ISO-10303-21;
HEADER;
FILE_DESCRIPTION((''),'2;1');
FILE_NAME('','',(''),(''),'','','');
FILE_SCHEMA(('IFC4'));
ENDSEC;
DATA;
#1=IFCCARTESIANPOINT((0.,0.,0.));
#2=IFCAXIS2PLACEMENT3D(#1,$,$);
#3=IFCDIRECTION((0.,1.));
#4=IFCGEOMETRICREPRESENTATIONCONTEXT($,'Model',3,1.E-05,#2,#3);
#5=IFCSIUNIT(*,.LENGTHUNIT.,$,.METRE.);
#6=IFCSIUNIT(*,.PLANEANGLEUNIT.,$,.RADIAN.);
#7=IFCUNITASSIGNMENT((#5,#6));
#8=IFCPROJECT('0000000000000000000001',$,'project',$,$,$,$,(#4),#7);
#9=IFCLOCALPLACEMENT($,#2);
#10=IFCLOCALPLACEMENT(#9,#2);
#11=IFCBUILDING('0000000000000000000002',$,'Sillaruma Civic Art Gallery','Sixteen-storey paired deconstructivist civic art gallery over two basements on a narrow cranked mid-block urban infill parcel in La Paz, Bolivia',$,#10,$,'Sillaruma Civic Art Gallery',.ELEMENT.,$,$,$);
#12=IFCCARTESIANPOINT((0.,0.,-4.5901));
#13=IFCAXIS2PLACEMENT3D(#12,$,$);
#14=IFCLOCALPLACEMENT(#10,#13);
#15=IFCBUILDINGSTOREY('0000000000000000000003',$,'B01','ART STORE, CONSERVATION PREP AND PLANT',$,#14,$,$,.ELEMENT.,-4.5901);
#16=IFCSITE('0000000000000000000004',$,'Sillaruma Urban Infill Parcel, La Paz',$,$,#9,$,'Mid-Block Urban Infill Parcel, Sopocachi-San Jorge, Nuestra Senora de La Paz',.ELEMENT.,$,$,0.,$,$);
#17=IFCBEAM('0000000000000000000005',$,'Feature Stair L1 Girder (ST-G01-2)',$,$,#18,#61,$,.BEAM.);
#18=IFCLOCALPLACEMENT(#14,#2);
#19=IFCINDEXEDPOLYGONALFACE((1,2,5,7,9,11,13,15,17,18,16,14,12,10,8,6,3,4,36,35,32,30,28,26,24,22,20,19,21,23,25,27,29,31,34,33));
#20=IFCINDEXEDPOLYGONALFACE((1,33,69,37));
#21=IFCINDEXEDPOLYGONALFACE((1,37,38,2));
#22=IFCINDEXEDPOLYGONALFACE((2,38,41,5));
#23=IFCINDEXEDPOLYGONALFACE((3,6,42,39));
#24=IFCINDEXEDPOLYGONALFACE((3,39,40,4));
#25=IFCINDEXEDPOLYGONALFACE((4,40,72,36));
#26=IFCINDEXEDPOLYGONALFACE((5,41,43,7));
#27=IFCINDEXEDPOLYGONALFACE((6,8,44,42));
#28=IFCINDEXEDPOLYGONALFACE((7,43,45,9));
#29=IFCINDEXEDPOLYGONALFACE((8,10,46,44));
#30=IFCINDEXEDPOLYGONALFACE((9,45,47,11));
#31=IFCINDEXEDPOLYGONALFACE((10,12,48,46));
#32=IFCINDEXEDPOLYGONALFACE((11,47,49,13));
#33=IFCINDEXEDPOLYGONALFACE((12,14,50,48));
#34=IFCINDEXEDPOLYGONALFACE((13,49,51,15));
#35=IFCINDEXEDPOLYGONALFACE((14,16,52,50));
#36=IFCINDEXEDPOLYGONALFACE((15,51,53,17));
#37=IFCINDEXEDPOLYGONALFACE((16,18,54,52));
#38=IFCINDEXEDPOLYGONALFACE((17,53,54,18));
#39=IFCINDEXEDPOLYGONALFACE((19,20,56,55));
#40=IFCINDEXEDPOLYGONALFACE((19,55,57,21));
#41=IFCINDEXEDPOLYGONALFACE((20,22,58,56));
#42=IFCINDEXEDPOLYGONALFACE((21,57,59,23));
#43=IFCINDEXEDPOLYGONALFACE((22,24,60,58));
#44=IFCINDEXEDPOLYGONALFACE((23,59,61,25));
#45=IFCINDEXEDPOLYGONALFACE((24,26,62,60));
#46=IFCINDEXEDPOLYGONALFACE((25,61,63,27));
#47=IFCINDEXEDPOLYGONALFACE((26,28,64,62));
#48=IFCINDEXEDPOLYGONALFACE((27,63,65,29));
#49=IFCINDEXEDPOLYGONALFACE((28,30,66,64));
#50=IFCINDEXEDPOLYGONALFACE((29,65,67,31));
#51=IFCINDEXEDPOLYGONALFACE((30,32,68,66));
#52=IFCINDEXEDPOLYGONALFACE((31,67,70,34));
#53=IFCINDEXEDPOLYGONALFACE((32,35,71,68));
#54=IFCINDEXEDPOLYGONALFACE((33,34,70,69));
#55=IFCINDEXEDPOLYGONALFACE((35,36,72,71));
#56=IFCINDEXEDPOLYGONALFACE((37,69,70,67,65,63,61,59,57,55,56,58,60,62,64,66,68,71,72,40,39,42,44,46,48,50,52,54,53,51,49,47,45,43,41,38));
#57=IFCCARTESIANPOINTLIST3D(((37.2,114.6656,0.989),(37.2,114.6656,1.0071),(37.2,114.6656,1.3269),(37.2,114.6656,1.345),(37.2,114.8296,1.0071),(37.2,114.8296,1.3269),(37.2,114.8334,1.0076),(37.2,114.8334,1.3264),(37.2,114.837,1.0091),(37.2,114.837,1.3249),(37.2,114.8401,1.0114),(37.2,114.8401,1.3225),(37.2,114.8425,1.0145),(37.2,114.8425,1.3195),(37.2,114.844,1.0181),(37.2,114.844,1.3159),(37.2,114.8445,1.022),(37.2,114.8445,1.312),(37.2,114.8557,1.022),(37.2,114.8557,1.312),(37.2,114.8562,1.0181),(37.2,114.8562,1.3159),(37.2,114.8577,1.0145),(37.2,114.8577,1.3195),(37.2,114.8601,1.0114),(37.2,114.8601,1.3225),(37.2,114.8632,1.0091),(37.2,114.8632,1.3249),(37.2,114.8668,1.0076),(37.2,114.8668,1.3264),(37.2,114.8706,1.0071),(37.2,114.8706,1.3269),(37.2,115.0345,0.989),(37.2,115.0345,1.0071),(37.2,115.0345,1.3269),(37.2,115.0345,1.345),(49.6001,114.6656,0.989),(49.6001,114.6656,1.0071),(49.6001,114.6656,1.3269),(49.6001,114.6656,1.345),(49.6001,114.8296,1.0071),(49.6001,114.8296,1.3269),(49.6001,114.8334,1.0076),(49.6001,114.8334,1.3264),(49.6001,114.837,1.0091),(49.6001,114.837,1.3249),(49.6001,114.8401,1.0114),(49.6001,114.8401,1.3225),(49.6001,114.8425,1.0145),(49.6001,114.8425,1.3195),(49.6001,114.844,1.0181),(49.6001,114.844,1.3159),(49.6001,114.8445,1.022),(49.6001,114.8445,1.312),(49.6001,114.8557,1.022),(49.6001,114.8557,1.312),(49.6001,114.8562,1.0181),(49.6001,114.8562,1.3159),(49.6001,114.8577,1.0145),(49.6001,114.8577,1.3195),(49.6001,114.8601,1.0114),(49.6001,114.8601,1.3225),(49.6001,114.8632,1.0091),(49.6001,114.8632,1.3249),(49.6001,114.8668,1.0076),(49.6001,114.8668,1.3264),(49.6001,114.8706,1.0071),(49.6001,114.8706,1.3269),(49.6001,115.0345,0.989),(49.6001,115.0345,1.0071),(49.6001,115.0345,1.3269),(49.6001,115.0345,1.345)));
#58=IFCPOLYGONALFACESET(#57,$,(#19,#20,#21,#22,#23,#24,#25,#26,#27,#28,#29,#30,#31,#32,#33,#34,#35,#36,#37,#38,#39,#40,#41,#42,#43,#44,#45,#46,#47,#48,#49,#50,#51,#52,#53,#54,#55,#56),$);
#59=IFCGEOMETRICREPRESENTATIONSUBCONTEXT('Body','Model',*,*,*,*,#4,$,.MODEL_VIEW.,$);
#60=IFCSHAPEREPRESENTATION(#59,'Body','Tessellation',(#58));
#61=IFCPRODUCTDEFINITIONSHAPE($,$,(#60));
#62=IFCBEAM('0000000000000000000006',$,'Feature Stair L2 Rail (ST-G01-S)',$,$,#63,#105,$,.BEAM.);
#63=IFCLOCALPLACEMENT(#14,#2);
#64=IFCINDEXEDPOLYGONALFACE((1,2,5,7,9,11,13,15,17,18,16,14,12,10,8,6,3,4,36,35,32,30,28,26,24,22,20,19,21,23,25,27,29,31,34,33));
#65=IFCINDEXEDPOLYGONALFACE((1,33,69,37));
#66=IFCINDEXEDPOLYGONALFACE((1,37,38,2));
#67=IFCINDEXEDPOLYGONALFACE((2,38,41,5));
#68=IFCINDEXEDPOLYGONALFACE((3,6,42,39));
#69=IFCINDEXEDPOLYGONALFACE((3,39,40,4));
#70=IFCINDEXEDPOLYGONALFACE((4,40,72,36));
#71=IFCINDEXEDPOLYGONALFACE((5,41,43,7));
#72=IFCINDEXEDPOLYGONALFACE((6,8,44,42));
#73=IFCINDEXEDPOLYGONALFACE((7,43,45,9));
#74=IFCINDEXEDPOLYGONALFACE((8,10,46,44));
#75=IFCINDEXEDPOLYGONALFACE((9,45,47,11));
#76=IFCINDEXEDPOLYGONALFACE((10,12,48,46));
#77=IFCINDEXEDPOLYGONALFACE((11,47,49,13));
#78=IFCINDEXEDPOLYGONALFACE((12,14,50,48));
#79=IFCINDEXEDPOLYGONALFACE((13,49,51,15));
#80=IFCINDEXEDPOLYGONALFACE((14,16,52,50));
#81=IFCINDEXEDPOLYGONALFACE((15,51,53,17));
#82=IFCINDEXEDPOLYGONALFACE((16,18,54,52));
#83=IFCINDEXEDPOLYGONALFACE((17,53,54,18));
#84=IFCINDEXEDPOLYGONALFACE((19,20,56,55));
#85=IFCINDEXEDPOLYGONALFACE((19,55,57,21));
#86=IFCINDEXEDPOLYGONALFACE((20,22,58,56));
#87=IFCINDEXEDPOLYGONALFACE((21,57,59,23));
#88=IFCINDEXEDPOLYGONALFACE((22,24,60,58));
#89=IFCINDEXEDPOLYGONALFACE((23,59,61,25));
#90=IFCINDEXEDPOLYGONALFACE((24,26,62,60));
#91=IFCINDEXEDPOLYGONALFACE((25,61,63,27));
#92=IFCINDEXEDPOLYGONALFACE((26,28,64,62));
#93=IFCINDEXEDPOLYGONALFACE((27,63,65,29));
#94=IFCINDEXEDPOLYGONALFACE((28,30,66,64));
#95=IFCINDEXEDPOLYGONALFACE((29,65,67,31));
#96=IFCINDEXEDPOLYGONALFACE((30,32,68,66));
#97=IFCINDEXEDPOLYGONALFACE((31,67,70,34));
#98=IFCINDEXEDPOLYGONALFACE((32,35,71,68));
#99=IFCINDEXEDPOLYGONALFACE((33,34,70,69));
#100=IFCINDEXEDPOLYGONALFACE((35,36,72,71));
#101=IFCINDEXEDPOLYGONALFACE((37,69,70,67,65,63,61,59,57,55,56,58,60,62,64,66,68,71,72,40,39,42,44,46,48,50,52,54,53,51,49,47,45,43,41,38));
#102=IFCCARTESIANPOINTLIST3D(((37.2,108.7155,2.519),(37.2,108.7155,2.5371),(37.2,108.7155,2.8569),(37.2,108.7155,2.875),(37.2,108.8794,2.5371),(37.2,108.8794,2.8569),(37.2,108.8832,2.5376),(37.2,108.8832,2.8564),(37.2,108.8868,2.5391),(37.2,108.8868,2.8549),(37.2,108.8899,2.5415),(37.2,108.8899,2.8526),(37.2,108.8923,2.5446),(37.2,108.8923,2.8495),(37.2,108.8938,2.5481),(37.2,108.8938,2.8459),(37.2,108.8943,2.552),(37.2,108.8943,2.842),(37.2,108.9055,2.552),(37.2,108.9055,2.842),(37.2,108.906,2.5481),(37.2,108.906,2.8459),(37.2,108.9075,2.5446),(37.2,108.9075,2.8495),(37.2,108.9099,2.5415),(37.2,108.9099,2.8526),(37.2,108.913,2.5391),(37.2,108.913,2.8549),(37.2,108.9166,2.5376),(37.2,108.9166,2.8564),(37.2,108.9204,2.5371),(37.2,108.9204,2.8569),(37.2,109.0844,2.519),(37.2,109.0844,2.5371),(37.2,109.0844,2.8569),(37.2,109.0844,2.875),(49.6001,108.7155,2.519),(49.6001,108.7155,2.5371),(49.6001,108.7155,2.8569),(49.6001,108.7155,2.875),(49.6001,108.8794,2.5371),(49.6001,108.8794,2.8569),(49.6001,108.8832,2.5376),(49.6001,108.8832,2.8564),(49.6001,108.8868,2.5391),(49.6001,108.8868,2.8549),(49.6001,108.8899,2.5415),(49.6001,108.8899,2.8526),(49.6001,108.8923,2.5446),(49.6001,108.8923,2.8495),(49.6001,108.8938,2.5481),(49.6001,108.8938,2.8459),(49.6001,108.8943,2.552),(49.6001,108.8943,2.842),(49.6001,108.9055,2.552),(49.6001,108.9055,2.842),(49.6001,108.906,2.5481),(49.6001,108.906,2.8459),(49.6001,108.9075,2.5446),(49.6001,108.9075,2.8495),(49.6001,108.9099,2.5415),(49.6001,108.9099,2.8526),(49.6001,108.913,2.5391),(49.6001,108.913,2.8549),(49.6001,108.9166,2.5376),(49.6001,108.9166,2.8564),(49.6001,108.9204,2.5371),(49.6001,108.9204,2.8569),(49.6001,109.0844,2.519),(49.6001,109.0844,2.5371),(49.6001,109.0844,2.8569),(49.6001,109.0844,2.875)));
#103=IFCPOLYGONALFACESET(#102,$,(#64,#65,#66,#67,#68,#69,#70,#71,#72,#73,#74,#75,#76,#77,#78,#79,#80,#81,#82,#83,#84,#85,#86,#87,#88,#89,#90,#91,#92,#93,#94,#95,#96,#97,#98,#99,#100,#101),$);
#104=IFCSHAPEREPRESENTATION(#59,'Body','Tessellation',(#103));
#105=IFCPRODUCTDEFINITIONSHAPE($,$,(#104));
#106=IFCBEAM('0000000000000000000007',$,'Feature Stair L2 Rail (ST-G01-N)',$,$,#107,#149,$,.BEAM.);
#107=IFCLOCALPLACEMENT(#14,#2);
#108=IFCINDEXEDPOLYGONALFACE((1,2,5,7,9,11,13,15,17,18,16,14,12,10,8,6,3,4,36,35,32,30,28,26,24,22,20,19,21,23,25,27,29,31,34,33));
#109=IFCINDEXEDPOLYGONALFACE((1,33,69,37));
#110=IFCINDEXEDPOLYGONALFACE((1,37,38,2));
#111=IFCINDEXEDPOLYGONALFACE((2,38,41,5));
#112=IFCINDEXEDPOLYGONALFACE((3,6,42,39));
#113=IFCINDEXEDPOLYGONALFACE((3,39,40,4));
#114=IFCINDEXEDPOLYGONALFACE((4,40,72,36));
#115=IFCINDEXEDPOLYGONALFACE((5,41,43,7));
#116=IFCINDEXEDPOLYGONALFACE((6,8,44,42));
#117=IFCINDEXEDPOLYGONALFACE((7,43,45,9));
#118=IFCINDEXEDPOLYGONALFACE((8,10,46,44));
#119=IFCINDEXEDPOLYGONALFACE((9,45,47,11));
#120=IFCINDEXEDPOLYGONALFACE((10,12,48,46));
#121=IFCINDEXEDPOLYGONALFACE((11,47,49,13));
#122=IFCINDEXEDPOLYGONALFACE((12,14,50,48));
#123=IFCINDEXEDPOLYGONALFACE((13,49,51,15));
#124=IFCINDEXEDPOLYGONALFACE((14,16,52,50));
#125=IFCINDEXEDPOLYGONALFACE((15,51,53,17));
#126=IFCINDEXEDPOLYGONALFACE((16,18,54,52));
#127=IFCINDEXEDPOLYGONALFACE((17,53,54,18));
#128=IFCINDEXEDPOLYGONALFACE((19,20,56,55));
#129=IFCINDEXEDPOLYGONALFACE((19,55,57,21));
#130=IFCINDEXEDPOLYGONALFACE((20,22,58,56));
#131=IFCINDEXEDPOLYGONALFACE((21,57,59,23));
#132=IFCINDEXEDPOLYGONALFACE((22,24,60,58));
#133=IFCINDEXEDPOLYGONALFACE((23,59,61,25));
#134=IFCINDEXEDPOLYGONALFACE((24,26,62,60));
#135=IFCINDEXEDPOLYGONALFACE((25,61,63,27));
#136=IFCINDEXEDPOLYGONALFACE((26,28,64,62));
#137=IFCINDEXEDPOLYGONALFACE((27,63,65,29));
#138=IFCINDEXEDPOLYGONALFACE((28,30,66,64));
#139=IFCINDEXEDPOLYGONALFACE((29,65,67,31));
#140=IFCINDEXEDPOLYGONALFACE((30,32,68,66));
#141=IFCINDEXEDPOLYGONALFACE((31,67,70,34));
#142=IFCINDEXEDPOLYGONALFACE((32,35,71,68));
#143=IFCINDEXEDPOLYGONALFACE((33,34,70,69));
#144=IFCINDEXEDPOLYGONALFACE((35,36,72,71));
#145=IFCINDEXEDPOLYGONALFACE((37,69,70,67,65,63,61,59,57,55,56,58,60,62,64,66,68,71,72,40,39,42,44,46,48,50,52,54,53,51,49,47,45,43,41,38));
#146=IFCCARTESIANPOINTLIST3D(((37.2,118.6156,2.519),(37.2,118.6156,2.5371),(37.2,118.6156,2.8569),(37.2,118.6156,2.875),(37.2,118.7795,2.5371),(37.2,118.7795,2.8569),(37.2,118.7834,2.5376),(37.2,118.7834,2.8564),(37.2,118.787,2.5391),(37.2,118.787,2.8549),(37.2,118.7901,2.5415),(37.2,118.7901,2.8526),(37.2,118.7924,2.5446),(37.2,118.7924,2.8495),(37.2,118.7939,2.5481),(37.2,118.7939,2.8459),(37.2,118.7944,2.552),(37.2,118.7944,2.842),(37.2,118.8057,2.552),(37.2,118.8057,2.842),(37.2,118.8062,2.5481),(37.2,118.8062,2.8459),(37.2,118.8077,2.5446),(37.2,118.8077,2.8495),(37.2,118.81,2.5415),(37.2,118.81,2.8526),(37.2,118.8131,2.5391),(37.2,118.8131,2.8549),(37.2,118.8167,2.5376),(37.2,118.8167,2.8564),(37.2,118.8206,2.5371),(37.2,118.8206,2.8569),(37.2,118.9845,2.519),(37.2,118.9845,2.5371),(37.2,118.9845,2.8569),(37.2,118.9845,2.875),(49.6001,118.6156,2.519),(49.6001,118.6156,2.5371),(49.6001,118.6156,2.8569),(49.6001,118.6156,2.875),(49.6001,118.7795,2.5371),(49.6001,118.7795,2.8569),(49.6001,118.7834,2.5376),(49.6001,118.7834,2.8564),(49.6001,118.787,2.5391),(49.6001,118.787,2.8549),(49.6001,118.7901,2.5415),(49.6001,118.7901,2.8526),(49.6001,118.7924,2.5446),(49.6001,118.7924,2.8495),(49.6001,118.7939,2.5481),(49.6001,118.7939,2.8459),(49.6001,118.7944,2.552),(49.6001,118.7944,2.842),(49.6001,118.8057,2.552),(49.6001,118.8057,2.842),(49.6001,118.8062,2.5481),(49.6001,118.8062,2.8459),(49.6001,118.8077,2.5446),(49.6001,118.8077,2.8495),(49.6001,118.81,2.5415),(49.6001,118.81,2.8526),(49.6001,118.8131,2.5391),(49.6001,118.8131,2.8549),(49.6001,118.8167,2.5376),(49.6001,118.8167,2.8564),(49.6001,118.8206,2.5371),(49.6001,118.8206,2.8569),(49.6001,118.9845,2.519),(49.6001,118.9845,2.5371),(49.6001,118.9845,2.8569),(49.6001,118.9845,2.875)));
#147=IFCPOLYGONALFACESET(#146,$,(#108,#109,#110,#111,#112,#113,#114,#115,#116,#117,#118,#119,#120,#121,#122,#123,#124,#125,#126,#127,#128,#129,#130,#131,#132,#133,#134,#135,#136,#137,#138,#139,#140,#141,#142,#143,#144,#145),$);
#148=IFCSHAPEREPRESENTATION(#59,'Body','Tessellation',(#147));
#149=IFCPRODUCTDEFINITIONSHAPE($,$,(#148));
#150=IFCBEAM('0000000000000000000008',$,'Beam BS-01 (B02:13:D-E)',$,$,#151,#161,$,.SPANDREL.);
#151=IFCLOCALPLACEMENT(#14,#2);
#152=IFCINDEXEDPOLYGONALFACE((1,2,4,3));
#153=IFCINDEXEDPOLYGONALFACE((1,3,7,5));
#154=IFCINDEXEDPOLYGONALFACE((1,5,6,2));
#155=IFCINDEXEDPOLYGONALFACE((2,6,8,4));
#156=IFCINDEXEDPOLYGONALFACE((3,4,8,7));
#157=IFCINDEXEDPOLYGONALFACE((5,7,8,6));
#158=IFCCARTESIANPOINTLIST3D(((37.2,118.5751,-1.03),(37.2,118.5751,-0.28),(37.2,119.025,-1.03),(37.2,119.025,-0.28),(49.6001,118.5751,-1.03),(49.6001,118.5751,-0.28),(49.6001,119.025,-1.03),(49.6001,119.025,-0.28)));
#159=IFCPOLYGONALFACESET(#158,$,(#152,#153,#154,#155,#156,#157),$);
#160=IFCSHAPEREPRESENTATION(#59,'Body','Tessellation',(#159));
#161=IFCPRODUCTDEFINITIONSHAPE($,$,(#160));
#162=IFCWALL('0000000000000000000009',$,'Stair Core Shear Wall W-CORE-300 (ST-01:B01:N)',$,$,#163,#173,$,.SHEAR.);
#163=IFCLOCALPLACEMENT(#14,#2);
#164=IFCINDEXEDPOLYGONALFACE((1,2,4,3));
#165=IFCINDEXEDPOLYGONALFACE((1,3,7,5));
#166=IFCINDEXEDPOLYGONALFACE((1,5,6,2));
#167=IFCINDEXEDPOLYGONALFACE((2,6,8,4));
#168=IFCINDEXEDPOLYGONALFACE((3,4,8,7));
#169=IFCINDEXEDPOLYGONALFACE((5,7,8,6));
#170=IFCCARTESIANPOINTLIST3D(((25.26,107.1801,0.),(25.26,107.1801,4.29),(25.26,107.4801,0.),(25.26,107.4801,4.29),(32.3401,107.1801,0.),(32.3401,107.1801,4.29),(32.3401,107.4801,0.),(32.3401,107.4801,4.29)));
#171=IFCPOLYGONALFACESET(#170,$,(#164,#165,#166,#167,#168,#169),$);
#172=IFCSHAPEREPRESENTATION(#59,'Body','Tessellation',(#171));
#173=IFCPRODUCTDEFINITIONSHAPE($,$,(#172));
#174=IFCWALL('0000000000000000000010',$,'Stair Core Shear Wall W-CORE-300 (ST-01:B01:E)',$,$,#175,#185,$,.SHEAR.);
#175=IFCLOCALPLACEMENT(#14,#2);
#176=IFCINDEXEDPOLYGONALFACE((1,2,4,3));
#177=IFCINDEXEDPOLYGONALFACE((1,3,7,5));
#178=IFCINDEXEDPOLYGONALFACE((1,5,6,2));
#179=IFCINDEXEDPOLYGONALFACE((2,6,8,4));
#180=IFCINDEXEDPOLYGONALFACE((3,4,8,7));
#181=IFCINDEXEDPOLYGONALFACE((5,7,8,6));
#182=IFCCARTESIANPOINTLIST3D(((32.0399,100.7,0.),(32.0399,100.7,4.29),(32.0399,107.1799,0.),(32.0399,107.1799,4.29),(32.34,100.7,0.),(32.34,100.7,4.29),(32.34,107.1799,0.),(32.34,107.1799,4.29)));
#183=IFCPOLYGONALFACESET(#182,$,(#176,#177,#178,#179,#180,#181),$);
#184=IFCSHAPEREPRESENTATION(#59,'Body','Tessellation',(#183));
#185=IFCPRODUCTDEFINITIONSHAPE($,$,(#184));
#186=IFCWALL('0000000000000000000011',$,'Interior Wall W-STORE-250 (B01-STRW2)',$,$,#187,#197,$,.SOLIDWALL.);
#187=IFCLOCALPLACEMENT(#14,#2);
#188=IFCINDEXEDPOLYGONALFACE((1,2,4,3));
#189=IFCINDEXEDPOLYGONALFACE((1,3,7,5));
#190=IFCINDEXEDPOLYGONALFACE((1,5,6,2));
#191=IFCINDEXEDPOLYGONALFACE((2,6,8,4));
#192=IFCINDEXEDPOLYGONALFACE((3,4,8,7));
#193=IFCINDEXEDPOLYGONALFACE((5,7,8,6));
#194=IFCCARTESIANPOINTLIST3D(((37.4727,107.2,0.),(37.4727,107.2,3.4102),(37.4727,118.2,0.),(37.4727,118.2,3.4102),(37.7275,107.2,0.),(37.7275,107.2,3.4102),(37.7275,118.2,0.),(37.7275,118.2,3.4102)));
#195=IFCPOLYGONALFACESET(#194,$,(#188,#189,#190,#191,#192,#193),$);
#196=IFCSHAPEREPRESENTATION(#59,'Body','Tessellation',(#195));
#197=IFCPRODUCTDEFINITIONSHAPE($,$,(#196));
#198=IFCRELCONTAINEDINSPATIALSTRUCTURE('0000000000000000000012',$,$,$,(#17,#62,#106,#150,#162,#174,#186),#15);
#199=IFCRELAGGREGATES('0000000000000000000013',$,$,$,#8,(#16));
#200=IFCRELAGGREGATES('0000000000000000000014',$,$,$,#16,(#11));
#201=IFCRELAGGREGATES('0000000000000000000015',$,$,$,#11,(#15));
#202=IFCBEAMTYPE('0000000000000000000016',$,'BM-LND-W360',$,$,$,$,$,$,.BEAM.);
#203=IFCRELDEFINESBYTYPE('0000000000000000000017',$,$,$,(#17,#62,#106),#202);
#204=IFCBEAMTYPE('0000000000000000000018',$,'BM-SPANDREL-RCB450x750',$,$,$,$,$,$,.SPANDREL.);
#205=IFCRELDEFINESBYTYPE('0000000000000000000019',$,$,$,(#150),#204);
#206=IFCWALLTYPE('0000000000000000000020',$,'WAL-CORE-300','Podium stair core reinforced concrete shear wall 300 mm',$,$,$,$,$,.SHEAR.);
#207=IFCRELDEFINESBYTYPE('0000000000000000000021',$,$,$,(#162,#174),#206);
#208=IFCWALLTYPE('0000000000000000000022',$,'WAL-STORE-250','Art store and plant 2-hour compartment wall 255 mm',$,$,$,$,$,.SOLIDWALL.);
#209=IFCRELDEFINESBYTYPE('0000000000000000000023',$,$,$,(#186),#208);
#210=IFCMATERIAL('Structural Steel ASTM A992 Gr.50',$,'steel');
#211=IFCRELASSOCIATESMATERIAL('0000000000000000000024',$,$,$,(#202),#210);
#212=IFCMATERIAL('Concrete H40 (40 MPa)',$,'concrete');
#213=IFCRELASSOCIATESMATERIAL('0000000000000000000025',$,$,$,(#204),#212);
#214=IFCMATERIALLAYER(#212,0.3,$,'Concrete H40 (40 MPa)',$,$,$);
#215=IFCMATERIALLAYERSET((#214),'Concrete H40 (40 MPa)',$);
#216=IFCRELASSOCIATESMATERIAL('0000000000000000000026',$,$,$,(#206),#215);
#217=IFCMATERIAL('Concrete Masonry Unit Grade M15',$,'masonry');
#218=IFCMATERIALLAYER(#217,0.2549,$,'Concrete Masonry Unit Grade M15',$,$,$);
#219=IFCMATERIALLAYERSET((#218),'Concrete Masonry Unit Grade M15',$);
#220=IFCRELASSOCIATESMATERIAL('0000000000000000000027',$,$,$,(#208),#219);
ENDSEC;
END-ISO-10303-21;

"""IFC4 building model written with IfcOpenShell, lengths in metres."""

from ifc_helpers import new_model, si_unit, direction, frame, frame_2d, origin, origin_2d, place, context, subcontext, project, spatial, rectangle, i_section, extrude, material, layer, layer_set, material_profile, profile_set, type_object, element, save


model = new_model("IFC4")

# Units and contexts
model_context = context("Model", 3, precision=1e-05, world=origin(), true_north=direction((0.0, 1.0)))
body_context = subcontext(model_context, "Body", "Model", "MODEL_VIEW")
ifc_project = project(units=[si_unit("LENGTHUNIT", "METRE"), si_unit("PLANEANGLEUNIT", "RADIAN")], contexts=[model_context])

# Site, building, storey
site_placement = place(None, origin())
site = spatial("IfcSite", under=ifc_project, at=site_placement, Name="Sillaruma Urban Infill Parcel, La Paz", LongName="Mid-Block Urban Infill Parcel, Sopocachi-San Jorge, Nuestra Senora de La Paz", CompositionType="ELEMENT", RefElevation=0.0)
building_placement = place(site_placement, origin())
building = spatial("IfcBuilding", under=site, at=building_placement, Name="Sillaruma Civic Art Gallery", Description="Sixteen-storey paired deconstructivist civic art gallery over two basements on a narrow cranked mid-block urban infill parcel in La Paz, Bolivia", LongName="Sillaruma Civic Art Gallery", CompositionType="ELEMENT")
storey_placement = place(building_placement, frame((0.0, 0.0, -4.5901)))
storey = spatial("IfcBuildingStorey", under=building, at=storey_placement, Name="B01", Description="ART STORE, CONSERVATION PREP AND PLANT", CompositionType="ELEMENT", Elevation=-4.5901)

# Shared definitions
ifc_material_1 = material(Name="Concrete H40 (40 MPa)", Category="concrete")

# Beams
ifc_material_2 = material(Name="Structural Steel ASTM A992 Gr.50", Category="steel")
ifc_material_profile_1 = material_profile(ifc_material_2, i_section(OverallWidth=0.3689, OverallDepth=0.356, WebThickness=0.0112, FlangeThickness=0.0181, FilletRadius=0.0149, at=origin_2d()), Name="W360x134")
ifc_profile_set_1 = profile_set([ifc_material_profile_1], Name="Structural Steel ASTM A992 Gr.50")
beam_type_1 = type_object("IfcBeamType", Name="BM-LND-W360", PredefinedType="BEAM", material=ifc_profile_set_1)
for number, where, z_axis, x_axis, name in (
    (1, (37.2, 114.8501, 1.167), (1.0, 0.0, 0.0), (0.0, 1.0, 0.0), "Feature Stair L1 Girder (ST-G01-2)"),
    (2, (37.2, 108.8999, 2.697), (1.0, 0.0, 0.0), (0.0, 1.0, 0.0), "Feature Stair L2 Rail (ST-G01-S)"),
    (3, (37.2, 118.8, 2.697), (1.0, 0.0, 0.0), (0.0, 1.0, 0.0), "Feature Stair L2 Rail (ST-G01-N)"),
):
    element("IfcBeam", number, at=place(storey_placement, frame(where, z_axis=z_axis, x_axis=x_axis)), inside=storey, type_object=beam_type_1, Name=name, PredefinedType="BEAM", context=body_context, shape_type="SweptSolid", body=[
        extrude(i_section(OverallWidth=0.3689, OverallDepth=0.356, WebThickness=0.0112, FlangeThickness=0.0181, FilletRadius=0.0149, at=origin_2d()), origin(), (0.0, 0.0, 1.0), 12.4001),
    ])
ifc_material_profile_2 = material_profile(ifc_material_1, rectangle(XDim=0.45, YDim=0.75, at=origin_2d()), Name="RCB450x750")
ifc_profile_set_2 = profile_set([ifc_material_profile_2], Name="Concrete H40 (40 MPa)")
beam_type_2 = type_object("IfcBeamType", Name="BM-SPANDREL-RCB450x750", PredefinedType="SPANDREL", material=ifc_profile_set_2)
beam_1_placement = place(storey_placement, frame((37.2, 118.8, -0.655), z_axis=(1.0, 0.0, 0.0), x_axis=(0.0, 1.0, 0.0)))
element("IfcBeam", 4, at=beam_1_placement, inside=storey, type_object=beam_type_2, Name="Beam BS-01 (B02:13:D-E)", PredefinedType="SPANDREL", context=body_context, shape_type="SweptSolid", body=[
    extrude(rectangle(XDim=0.45, YDim=0.75, at=origin_2d()), origin(), (0.0, 0.0, 1.0), 12.4001),
])

# Walls
ifc_layer_1 = layer(ifc_material_1, 0.3, Name="Concrete H40 (40 MPa)")
ifc_layer_set_1 = layer_set([ifc_layer_1], Name="Concrete H40 (40 MPa)")
wall_type_1 = type_object("IfcWallType", Name="WAL-CORE-300", Description="Podium stair core reinforced concrete shear wall 300 mm", PredefinedType="SHEAR", material=ifc_layer_set_1)
wall_1_placement = place(storey_placement, frame((25.26, 107.3301, 0.0), z_axis=(0.0, 0.0, 1.0), x_axis=(1.0, 0.0, 0.0)))
element("IfcWall", 5, at=wall_1_placement, inside=storey, type_object=wall_type_1, Name="Stair Core Shear Wall W-CORE-300 (ST-01:B01:N)", PredefinedType="SHEAR", context=body_context, shape_type="SweptSolid", body=[
    extrude(rectangle(XDim=7.0801, YDim=0.3, at=frame_2d((3.54, 0.0))), origin(), (0.0, 0.0, 1.0), 4.29),
])
wall_2_placement = place(storey_placement, frame((32.1899, 100.7, 0.0), z_axis=(0.0, 0.0, 1.0), x_axis=(0.0, 1.0, 0.0)))
element("IfcWall", 6, at=wall_2_placement, inside=storey, type_object=wall_type_1, Name="Stair Core Shear Wall W-CORE-300 (ST-01:B01:E)", PredefinedType="SHEAR", context=body_context, shape_type="SweptSolid", body=[
    extrude(rectangle(XDim=6.48, YDim=0.3, at=frame_2d((3.24, 0.0))), origin(), (0.0, 0.0, 1.0), 4.29),
])
ifc_material_3 = material(Name="Concrete Masonry Unit Grade M15", Category="masonry")
ifc_layer_2 = layer(ifc_material_3, 0.2549, Name="Concrete Masonry Unit Grade M15")
ifc_layer_set_2 = layer_set([ifc_layer_2], Name="Concrete Masonry Unit Grade M15")
wall_type_2 = type_object("IfcWallType", Name="WAL-STORE-250", Description="Art store and plant 2-hour compartment wall 255 mm", PredefinedType="SOLIDWALL", material=ifc_layer_set_2)
wall_3_placement = place(storey_placement, frame((37.6001, 107.2, 0.0), z_axis=(0.0, 0.0, 1.0), x_axis=(0.0, 1.0, 0.0)))
element("IfcWall", 7, at=wall_3_placement, inside=storey, type_object=wall_type_2, Name="Interior Wall W-STORE-250 (B01-STRW2)", PredefinedType="SOLIDWALL", context=body_context, shape_type="SweptSolid", body=[
    extrude(rectangle(XDim=11.0, YDim=0.2549, at=frame_2d((5.5, 0.0))), origin(), (0.0, 0.0, 1.0), 3.4102),
])

save(model, "model.ifc")
